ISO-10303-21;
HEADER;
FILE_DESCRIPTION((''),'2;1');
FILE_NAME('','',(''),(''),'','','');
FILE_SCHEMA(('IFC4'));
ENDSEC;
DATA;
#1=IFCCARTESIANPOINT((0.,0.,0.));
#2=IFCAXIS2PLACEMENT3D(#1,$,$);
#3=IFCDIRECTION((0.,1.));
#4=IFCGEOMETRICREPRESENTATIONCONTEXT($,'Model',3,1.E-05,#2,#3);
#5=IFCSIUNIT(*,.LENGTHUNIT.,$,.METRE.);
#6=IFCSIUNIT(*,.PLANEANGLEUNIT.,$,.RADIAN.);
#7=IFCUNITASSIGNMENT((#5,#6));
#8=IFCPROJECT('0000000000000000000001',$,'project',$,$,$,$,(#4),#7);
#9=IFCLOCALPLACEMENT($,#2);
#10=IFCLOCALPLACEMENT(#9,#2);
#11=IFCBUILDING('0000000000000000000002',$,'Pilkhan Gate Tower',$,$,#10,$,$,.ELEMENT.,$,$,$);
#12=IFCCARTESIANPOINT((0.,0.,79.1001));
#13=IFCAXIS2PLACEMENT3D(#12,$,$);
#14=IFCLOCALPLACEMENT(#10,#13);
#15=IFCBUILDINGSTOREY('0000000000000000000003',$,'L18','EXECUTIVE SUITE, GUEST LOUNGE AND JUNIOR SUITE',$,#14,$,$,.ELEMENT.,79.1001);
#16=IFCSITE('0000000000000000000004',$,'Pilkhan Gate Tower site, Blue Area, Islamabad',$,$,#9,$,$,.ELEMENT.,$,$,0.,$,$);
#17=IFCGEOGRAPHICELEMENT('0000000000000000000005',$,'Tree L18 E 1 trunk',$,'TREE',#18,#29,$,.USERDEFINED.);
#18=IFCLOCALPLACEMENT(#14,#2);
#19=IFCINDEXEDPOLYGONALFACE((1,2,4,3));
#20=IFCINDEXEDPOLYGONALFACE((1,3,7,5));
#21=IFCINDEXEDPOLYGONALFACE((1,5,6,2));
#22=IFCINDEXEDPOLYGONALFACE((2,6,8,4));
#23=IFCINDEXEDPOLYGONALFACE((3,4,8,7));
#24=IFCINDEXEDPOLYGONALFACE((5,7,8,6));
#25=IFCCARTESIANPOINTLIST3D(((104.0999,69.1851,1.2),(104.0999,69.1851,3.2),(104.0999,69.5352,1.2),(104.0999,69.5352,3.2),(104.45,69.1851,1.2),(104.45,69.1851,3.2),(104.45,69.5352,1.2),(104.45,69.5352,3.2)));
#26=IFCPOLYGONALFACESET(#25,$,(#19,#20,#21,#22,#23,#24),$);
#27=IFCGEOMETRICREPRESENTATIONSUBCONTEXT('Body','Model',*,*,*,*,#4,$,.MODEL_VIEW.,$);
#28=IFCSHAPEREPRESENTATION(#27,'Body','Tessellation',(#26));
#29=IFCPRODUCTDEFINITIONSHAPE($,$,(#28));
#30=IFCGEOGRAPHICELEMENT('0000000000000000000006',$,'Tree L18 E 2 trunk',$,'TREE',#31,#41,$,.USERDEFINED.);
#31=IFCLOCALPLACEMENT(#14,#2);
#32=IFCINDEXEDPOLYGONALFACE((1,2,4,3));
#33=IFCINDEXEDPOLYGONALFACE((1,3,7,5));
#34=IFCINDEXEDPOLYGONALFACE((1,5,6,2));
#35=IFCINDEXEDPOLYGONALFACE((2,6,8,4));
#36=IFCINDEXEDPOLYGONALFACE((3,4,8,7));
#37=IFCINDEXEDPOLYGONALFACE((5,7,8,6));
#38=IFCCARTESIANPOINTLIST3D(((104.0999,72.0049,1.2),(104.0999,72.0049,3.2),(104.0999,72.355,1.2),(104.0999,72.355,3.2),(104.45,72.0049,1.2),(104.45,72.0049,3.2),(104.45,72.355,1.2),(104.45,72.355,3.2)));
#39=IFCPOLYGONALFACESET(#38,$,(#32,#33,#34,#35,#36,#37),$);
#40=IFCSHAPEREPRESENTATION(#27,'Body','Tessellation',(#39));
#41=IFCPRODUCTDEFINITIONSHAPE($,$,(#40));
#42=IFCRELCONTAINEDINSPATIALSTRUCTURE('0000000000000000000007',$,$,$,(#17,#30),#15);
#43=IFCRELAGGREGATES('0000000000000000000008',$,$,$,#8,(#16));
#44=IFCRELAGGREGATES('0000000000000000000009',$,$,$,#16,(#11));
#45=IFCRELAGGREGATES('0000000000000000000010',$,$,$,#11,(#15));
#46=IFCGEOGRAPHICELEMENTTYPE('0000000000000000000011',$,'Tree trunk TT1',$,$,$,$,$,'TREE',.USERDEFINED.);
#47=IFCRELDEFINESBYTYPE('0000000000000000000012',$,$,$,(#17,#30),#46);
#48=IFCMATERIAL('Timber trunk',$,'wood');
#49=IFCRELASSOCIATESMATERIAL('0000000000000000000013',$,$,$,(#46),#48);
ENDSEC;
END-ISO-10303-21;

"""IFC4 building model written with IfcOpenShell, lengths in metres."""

from ifc_helpers import new_model, si_unit, direction, frame, origin, origin_2d, place, context, subcontext, project, spatial, rectangle, extrude, material, type_object, element, save


model = new_model("IFC4")

# Units and contexts
model_context = context("Model", 3, precision=1e-05, world=origin(), true_north=direction((0.0, 1.0)))
body_context = subcontext(model_context, "Body", "Model", "MODEL_VIEW")
ifc_project = project(units=[si_unit("LENGTHUNIT", "METRE"), si_unit("PLANEANGLEUNIT", "RADIAN")], contexts=[model_context])

# Site, building, storey
site_placement = place(None, origin())
site = spatial("IfcSite", under=ifc_project, at=site_placement, Name="Pilkhan Gate Tower site, Blue Area, Islamabad", CompositionType="ELEMENT", RefElevation=0.0)
building_placement = place(site_placement, origin())
building = spatial("IfcBuilding", under=site, at=building_placement, Name="Pilkhan Gate Tower", CompositionType="ELEMENT")
storey_placement = place(building_placement, frame((0.0, 0.0, 79.1001)))
storey = spatial("IfcBuildingStorey", under=building, at=storey_placement, Name="L18", Description="EXECUTIVE SUITE, GUEST LOUNGE AND JUNIOR SUITE", CompositionType="ELEMENT", Elevation=79.1001)

# Geographic elements
ifc_material_1 = material(Name="Timber trunk", Category="wood")
geographic_element_type_1 = type_object("IfcGeographicElementType", Name="Tree trunk TT1", ElementType="TREE", PredefinedType="USERDEFINED", material=ifc_material_1)
for number, where, z_axis, x_axis, name in (
    (1, (104.2749, 69.3601, 1.2), (0.0, 0.0, 1.0), (1.0, 0.0, 0.0), "Tree L18 E 1 trunk"),
    (2, (104.2749, 72.1799, 1.2), (0.0, 0.0, 1.0), (1.0, 0.0, 0.0), "Tree L18 E 2 trunk"),
):
    element("IfcGeographicElement", number, at=place(storey_placement, frame(where, z_axis=z_axis, x_axis=x_axis)), inside=storey, type_object=geographic_element_type_1, Name=name, ObjectType="TREE", PredefinedType="USERDEFINED", context=body_context, shape_type="SweptSolid", body=[
        extrude(rectangle(XDim=0.3501, YDim=0.3501, at=origin_2d()), origin(), (0.0, 0.0, 1.0), 2.0),
    ])

save(model, "model.ifc")
